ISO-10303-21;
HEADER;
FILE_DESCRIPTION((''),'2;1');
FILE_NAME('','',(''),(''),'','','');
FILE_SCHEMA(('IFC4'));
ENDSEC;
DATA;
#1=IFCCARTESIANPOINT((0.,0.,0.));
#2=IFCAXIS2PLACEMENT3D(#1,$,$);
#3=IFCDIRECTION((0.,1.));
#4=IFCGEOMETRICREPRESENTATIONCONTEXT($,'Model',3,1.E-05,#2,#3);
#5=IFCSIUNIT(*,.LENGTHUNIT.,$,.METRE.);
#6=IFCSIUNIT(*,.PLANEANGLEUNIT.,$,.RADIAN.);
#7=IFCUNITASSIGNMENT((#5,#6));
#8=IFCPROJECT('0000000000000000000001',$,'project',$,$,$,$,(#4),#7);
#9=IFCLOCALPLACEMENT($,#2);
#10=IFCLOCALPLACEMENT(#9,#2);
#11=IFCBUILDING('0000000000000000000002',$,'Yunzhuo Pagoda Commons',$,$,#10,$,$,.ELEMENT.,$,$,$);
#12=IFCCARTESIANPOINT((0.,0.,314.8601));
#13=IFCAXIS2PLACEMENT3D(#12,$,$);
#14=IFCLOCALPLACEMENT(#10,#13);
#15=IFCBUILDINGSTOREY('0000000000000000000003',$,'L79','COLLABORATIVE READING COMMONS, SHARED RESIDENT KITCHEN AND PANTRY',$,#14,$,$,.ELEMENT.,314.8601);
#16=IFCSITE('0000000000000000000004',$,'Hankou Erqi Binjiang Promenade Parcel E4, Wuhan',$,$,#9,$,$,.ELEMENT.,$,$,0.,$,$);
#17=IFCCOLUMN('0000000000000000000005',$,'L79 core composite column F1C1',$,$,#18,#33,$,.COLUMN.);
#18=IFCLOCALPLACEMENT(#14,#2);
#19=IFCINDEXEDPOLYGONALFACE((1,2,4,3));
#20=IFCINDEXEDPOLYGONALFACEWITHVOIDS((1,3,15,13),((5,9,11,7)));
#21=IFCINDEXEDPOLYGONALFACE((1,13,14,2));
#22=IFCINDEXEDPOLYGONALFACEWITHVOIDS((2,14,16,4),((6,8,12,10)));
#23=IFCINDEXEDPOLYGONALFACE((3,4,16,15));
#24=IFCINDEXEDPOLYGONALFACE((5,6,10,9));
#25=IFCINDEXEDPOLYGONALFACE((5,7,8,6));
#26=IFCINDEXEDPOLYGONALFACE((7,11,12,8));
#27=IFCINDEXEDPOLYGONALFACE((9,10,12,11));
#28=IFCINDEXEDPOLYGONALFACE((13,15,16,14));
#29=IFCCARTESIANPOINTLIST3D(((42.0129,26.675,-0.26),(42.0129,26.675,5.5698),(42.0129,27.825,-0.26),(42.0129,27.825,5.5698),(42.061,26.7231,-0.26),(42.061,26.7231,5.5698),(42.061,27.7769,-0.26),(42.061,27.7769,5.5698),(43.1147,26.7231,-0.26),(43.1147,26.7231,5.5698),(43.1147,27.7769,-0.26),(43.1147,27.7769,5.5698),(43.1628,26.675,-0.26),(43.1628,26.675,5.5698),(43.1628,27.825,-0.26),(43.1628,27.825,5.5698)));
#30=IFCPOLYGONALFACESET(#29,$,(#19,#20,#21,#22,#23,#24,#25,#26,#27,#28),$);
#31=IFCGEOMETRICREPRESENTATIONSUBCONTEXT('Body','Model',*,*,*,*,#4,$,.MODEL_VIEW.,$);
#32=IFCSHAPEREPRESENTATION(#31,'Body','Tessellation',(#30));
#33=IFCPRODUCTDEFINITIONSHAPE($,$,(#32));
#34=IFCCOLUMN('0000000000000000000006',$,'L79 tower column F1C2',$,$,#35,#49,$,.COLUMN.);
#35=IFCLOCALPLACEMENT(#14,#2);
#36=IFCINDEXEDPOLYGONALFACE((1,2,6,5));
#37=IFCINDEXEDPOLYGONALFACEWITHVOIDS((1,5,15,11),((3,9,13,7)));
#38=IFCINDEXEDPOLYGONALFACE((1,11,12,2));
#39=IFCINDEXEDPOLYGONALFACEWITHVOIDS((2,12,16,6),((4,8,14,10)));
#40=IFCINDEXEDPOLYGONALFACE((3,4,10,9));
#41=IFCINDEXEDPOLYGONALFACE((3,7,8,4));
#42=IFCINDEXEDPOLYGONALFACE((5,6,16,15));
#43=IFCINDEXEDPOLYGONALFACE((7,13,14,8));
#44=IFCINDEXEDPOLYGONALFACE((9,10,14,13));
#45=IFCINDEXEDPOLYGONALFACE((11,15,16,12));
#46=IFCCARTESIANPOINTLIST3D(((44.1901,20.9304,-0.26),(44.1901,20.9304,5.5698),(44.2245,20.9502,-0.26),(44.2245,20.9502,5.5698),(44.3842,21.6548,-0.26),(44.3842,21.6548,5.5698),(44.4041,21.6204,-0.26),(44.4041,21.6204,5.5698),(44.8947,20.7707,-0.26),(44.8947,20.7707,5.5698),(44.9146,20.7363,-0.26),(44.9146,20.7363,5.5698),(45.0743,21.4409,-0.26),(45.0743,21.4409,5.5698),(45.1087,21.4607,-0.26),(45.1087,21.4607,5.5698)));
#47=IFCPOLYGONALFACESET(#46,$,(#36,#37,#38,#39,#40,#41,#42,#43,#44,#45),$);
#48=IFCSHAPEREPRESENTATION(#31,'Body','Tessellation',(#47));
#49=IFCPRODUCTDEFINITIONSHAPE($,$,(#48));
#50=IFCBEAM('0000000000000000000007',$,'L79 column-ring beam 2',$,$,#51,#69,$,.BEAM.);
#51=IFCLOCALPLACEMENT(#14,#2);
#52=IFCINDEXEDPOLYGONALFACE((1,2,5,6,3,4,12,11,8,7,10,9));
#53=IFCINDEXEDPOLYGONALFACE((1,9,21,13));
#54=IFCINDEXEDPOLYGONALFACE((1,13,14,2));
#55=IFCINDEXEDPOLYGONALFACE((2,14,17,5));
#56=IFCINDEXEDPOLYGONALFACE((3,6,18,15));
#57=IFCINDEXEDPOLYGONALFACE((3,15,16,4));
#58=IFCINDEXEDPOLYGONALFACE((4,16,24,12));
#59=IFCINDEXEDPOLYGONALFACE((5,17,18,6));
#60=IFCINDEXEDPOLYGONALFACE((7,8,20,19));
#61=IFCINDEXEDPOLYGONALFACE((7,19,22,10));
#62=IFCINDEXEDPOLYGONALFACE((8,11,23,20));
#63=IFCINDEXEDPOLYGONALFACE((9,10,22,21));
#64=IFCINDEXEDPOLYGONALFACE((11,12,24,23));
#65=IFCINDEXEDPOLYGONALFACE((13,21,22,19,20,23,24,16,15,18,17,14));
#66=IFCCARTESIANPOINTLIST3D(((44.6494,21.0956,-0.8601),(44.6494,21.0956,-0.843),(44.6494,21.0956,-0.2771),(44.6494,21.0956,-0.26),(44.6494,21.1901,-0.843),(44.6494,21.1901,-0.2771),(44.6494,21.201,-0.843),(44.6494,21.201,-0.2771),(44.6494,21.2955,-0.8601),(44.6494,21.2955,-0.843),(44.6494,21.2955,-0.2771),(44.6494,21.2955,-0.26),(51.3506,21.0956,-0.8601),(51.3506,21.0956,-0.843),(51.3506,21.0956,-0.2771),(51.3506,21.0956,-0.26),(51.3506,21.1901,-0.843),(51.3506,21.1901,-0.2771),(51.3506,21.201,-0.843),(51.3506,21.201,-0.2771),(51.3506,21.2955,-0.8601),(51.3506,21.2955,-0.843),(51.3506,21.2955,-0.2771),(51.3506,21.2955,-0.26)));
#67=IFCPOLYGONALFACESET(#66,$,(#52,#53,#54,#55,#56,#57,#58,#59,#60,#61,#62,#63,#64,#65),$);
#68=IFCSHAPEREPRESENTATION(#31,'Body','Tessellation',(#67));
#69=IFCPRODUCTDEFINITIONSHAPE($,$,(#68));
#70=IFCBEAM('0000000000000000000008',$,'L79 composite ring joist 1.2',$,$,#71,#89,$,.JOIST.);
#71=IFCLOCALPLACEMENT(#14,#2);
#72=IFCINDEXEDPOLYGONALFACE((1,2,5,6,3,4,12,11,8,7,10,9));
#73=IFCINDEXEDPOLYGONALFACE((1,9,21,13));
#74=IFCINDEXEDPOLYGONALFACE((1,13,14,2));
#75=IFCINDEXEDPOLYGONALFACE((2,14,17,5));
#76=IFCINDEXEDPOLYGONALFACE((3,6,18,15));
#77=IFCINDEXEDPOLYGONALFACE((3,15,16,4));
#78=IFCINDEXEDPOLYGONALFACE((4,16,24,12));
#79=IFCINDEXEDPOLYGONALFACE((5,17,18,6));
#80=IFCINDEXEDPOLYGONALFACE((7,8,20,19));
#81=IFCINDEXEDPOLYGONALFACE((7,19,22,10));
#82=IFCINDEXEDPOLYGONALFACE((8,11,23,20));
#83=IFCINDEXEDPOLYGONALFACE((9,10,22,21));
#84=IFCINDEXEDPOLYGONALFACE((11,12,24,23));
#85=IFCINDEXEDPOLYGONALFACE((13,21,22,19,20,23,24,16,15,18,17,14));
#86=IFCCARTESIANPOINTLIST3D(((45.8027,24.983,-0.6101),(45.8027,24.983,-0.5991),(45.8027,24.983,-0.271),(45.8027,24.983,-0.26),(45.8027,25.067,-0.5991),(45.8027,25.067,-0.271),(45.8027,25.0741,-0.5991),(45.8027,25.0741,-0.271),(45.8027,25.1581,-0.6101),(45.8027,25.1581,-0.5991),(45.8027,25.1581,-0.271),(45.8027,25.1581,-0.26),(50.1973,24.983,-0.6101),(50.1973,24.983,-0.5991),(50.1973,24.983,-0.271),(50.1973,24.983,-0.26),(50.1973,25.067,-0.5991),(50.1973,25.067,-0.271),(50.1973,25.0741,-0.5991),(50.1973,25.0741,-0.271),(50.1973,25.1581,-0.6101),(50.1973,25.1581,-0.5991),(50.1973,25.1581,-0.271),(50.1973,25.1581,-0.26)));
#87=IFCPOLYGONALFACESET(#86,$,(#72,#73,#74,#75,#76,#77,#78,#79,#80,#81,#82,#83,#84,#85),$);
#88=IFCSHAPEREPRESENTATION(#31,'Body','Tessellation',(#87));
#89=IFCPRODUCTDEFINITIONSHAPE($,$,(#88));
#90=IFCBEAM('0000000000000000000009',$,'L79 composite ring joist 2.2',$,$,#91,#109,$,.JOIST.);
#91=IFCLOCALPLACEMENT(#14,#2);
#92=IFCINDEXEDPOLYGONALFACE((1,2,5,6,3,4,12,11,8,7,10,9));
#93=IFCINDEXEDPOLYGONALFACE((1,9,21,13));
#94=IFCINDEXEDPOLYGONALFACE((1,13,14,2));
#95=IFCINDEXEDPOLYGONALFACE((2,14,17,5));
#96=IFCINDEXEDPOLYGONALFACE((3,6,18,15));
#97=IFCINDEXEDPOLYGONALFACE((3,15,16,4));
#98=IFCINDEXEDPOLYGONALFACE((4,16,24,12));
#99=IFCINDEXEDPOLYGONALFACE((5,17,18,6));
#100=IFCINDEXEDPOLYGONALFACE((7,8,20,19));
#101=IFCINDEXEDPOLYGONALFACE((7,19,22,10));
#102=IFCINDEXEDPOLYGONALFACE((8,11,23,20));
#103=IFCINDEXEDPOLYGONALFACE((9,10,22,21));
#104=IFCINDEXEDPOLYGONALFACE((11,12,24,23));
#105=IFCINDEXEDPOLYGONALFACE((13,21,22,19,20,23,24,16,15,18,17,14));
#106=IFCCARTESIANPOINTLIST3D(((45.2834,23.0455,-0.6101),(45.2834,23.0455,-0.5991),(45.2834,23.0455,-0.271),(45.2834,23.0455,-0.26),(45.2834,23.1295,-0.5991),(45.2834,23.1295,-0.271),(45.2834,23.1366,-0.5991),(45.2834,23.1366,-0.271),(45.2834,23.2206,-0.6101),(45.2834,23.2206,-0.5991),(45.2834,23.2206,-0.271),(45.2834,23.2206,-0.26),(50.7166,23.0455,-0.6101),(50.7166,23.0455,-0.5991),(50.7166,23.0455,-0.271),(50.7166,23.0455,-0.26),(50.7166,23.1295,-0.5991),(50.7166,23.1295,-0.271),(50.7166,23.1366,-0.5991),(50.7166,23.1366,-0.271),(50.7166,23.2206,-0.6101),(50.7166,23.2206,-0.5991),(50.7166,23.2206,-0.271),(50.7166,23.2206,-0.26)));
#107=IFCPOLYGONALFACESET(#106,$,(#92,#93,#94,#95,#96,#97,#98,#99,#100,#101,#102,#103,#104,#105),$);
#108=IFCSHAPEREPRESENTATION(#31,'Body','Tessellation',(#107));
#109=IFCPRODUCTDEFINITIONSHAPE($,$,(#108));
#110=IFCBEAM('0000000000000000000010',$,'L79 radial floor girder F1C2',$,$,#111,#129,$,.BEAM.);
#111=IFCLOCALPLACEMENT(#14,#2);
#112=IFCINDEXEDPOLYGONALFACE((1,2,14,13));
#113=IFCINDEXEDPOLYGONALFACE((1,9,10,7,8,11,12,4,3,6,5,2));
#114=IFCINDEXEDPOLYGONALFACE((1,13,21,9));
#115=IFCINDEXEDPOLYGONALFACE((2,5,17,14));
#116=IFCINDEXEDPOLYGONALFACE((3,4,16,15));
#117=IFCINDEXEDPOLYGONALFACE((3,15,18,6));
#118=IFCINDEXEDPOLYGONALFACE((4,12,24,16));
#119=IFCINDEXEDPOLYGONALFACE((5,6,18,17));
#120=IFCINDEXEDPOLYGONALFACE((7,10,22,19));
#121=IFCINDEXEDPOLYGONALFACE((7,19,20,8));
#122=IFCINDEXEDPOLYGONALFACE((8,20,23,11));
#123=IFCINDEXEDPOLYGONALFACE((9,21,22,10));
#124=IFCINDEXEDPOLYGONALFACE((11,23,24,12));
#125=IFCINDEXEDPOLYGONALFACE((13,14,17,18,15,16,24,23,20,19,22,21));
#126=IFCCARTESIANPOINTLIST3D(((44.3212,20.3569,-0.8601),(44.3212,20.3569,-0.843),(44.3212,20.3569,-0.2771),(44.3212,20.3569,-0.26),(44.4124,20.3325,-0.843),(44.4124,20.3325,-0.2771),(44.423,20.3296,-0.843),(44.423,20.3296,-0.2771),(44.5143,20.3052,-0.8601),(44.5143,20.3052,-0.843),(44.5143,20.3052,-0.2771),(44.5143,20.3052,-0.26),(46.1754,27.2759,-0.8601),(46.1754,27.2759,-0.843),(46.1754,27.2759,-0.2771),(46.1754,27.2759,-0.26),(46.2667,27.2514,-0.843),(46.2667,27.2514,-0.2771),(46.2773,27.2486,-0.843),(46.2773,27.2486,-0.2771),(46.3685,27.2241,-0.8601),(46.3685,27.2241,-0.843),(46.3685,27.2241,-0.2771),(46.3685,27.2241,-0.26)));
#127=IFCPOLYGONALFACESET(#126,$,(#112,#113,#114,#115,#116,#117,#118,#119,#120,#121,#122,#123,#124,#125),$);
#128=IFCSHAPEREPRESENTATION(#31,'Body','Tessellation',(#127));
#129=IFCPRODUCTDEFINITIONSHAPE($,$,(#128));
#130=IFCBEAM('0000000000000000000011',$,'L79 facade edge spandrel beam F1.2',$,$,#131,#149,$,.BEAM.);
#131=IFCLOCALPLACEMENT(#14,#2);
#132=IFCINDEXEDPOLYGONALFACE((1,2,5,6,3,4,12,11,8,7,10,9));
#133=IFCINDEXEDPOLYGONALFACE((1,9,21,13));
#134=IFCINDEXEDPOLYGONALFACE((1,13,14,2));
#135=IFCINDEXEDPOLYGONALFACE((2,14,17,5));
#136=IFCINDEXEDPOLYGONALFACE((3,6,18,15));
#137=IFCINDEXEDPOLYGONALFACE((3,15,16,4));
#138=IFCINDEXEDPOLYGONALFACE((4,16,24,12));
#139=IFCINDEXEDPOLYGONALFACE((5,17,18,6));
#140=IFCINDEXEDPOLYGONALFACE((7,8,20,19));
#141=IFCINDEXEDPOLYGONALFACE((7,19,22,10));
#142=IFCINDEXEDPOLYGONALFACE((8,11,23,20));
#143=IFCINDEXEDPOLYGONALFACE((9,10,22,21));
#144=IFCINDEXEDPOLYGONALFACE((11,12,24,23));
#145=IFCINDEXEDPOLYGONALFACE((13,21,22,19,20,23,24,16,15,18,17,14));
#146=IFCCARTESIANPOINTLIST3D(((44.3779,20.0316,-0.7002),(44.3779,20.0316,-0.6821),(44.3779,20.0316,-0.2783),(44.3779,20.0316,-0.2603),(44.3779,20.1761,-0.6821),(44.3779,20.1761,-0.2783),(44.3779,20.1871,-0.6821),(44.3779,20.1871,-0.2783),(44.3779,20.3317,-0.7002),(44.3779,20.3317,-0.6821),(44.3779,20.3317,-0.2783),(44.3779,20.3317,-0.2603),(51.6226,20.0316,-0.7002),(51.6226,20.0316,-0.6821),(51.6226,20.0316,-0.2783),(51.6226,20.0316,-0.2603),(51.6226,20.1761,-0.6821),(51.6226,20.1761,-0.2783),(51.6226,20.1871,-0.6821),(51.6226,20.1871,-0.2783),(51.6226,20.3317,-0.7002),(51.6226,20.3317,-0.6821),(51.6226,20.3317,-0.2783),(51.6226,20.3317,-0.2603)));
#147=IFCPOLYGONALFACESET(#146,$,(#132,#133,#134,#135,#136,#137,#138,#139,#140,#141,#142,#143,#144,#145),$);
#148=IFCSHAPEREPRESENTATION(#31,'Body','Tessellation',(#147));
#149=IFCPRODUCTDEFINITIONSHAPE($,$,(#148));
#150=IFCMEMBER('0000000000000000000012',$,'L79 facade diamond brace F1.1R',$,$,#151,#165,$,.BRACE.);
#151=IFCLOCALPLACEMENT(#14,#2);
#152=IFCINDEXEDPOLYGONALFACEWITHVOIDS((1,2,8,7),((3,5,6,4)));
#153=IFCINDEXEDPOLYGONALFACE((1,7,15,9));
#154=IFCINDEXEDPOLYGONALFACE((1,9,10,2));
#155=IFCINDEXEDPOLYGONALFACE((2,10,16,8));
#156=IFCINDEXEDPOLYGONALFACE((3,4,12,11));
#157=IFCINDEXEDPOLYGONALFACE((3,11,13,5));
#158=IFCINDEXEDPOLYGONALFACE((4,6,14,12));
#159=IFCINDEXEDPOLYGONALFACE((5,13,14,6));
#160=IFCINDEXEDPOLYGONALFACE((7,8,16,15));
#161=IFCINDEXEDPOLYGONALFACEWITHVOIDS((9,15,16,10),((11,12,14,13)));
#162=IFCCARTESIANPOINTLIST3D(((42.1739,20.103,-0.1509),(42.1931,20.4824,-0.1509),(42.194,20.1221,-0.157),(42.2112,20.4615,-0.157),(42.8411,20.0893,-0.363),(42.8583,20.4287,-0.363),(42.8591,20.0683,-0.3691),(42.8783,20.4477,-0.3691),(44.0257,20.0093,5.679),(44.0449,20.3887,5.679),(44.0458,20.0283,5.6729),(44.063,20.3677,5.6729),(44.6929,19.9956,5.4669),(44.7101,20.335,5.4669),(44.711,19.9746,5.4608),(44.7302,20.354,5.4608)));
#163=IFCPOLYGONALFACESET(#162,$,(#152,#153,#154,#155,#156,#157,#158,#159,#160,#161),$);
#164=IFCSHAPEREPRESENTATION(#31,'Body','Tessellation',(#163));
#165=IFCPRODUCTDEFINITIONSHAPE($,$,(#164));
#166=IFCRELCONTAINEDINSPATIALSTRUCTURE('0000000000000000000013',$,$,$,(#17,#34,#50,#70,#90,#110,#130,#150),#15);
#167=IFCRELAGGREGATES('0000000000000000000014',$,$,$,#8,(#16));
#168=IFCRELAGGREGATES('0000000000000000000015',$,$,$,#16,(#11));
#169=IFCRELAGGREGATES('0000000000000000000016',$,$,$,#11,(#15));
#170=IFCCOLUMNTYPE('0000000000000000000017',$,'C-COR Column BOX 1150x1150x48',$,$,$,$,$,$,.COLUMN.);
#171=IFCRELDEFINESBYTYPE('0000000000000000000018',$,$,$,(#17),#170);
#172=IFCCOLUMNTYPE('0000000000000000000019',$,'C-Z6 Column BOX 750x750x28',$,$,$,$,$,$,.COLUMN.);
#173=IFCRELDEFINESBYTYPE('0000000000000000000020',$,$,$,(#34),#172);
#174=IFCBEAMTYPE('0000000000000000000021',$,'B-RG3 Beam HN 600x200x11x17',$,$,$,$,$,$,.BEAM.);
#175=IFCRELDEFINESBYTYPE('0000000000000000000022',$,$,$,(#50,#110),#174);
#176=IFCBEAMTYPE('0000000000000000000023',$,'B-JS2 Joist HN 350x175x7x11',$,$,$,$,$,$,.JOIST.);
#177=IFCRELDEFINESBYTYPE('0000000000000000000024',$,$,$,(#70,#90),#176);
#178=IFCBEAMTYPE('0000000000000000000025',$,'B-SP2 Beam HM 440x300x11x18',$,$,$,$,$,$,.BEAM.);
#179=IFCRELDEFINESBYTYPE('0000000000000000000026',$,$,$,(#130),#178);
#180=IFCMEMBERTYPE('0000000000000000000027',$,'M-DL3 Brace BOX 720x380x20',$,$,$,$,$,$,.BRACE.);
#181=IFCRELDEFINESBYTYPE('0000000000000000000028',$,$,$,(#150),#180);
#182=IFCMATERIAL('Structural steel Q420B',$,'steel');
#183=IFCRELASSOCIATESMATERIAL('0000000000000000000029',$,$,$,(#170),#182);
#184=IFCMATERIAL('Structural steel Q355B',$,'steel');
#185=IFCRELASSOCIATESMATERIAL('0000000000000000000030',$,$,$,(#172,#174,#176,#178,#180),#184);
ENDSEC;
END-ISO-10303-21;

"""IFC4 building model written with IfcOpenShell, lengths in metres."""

from ifc_helpers import new_model, si_unit, direction, frame, origin, origin_2d, place, context, subcontext, project, spatial, hollow_rectangle, i_section, extrude, source, transform, mapped, material, material_profile, profile_set, type_object, element, save


model = new_model("IFC4")

# Units and contexts
model_context = context("Model", 3, precision=1e-05, world=origin(), true_north=direction((0.0, 1.0)))
body_context = subcontext(model_context, "Body", "Model", "MODEL_VIEW")
ifc_project = project(units=[si_unit("LENGTHUNIT", "METRE"), si_unit("PLANEANGLEUNIT", "RADIAN")], contexts=[model_context])

# Site, building, storey
site_placement = place(None, origin())
site = spatial("IfcSite", under=ifc_project, at=site_placement, Name="Hankou Erqi Binjiang Promenade Parcel E4, Wuhan", CompositionType="ELEMENT", RefElevation=0.0)
building_placement = place(site_placement, origin())
building = spatial("IfcBuilding", under=site, at=building_placement, Name="Yunzhuo Pagoda Commons", CompositionType="ELEMENT")
storey_placement = place(building_placement, frame((0.0, 0.0, 314.8601)))
storey = spatial("IfcBuildingStorey", under=building, at=storey_placement, Name="L79", Description="COLLABORATIVE READING COMMONS, SHARED RESIDENT KITCHEN AND PANTRY", CompositionType="ELEMENT", Elevation=314.8601)

# Columns
ifc_material_1 = material(Name="Structural steel Q420B", Category="steel")
ifc_material_profile_1 = material_profile(ifc_material_1, hollow_rectangle(XDim=1.1499, YDim=1.1499, WallThickness=0.0481, at=origin_2d()), Name="Structural steel Q420B")
ifc_profile_set_1 = profile_set([ifc_material_profile_1], Name="Structural steel Q420B")
column_type_1 = type_object("IfcColumnType", Name="C-COR Column BOX 1150x1150x48", PredefinedType="COLUMN", material=ifc_profile_set_1)
shared_shape_1 = source(origin(), body_context, "Body", "SweptSolid", [
    extrude(hollow_rectangle(XDim=1.1499, YDim=1.1499, WallThickness=0.0481, at=origin_2d()), origin(), (0.0, 0.0, 1.0), 5.8298),
])
column_1_placement = place(storey_placement, frame((42.5879, 27.25, -0.26), z_axis=(0.0, 0.0, 1.0), x_axis=(1.0, 0.0, 0.0)))
element("IfcColumn", 1, at=column_1_placement, inside=storey, type_object=column_type_1, Name="L79 core composite column F1C1", PredefinedType="COLUMN", context=body_context, shape_type="MappedRepresentation", body=[
    mapped(shared_shape_1, transform((0.0, 0.0, 0.0), scale=1.0)),
])
ifc_material_2 = material(Name="Structural steel Q355B", Category="steel")
ifc_material_profile_2 = material_profile(ifc_material_2, hollow_rectangle(XDim=0.75, YDim=0.75, WallThickness=0.0281, at=origin_2d()), Name="Structural steel Q355B")
ifc_profile_set_2 = profile_set([ifc_material_profile_2], Name="Structural steel Q355B")
column_type_2 = type_object("IfcColumnType", Name="C-Z6 Column BOX 750x750x28", PredefinedType="COLUMN", material=ifc_profile_set_2)
shared_shape_2 = source(origin(), body_context, "Body", "SweptSolid", [
    extrude(hollow_rectangle(XDim=0.75, YDim=0.75, WallThickness=0.0281, at=origin_2d()), origin(), (0.0, 0.0, 1.0), 5.8298),
])
column_2_placement = place(storey_placement, frame((44.6494, 21.1956, -0.26), z_axis=(0.0, 0.0, 1.0), x_axis=(0.965926, -0.258819, 0.0)))
element("IfcColumn", 2, at=column_2_placement, inside=storey, type_object=column_type_2, Name="L79 tower column F1C2", PredefinedType="COLUMN", context=body_context, shape_type="MappedRepresentation", body=[
    mapped(shared_shape_2, transform((0.0, 0.0, 0.0), scale=1.0)),
])

# Beams
ifc_material_profile_3 = material_profile(ifc_material_2, i_section(OverallWidth=0.2, OverallDepth=0.6001, WebThickness=0.011, FlangeThickness=0.0171, at=origin_2d()), Name="Structural steel Q355B")
ifc_profile_set_3 = profile_set([ifc_material_profile_3], Name="Structural steel Q355B")
beam_type_1 = type_object("IfcBeamType", Name="B-RG3 Beam HN 600x200x11x17", PredefinedType="BEAM", material=ifc_profile_set_3)
shared_shape_3 = source(origin(), body_context, "Body", "SweptSolid", [
    extrude(i_section(OverallWidth=0.2, OverallDepth=0.6001, WebThickness=0.011, FlangeThickness=0.0171, at=origin_2d()), origin(), (0.0, 0.0, 1.0), 6.7012),
])
beam_1_placement = place(storey_placement, frame((44.6494, 21.1956, -0.5601), z_axis=(1.0, 0.0, 0.0), x_axis=(0.0, 1.0, 0.0)))
element("IfcBeam", 3, at=beam_1_placement, inside=storey, type_object=beam_type_1, Name="L79 column-ring beam 2", PredefinedType="BEAM", context=body_context, shape_type="MappedRepresentation", body=[
    mapped(shared_shape_3, transform((0.0, 0.0, 0.0), scale=1.0)),
])
ifc_material_profile_4 = material_profile(ifc_material_2, i_section(OverallWidth=0.175, OverallDepth=0.3501, WebThickness=0.0071, FlangeThickness=0.011, at=origin_2d()), Name="Structural steel Q355B")
ifc_profile_set_4 = profile_set([ifc_material_profile_4], Name="Structural steel Q355B")
beam_type_2 = type_object("IfcBeamType", Name="B-JS2 Joist HN 350x175x7x11", PredefinedType="JOIST", material=ifc_profile_set_4)
shared_shape_4 = source(origin(), body_context, "Body", "SweptSolid", [
    extrude(i_section(OverallWidth=0.175, OverallDepth=0.3501, WebThickness=0.0071, FlangeThickness=0.011, at=origin_2d()), origin(), (0.0, 0.0, 1.0), 4.3945),
])
beam_2_placement = place(storey_placement, frame((45.8027, 25.0706, -0.4351), z_axis=(1.0, 0.0, 0.0), x_axis=(0.0, 1.0, 0.0)))
element("IfcBeam", 4, at=beam_2_placement, inside=storey, type_object=beam_type_2, Name="L79 composite ring joist 1.2", PredefinedType="JOIST", context=body_context, shape_type="MappedRepresentation", body=[
    mapped(shared_shape_4, transform((0.0, 0.0, 0.0), scale=1.0)),
])
shared_shape_5 = source(origin(), body_context, "Body", "SweptSolid", [
    extrude(i_section(OverallWidth=0.175, OverallDepth=0.3501, WebThickness=0.0071, FlangeThickness=0.011, at=origin_2d()), origin(), (0.0, 0.0, 1.0), 5.4331),
])
beam_3_placement = place(storey_placement, frame((45.2834, 23.1331, -0.4351), z_axis=(1.0, 0.0, 0.0), x_axis=(0.0, 1.0, 0.0)))
element("IfcBeam", 5, at=beam_3_placement, inside=storey, type_object=beam_type_2, Name="L79 composite ring joist 2.2", PredefinedType="JOIST", context=body_context, shape_type="MappedRepresentation", body=[
    mapped(shared_shape_5, transform((0.0, 0.0, 0.0), scale=1.0)),
])
shared_shape_6 = source(origin(), body_context, "Body", "SweptSolid", [
    extrude(i_section(OverallWidth=0.2, OverallDepth=0.6001, WebThickness=0.011, FlangeThickness=0.0171, at=origin_2d()), origin(), (0.0, 0.0, 1.0), 7.1631),
])
beam_4_placement = place(storey_placement, frame((44.4177, 20.3311, -0.5601), z_axis=(0.258861, 0.965915, 0.0), x_axis=(-0.965915, 0.258861, 0.0)))
element("IfcBeam", 6, at=beam_4_placement, inside=storey, type_object=beam_type_1, Name="L79 radial floor girder F1C2", PredefinedType="BEAM", context=body_context, shape_type="MappedRepresentation", body=[
    mapped(shared_shape_6, transform((0.0, 0.0, 0.0), scale=1.0)),
])
ifc_material_profile_5 = material_profile(ifc_material_2, i_section(OverallWidth=0.3, OverallDepth=0.4399, WebThickness=0.011, FlangeThickness=0.0181, at=origin_2d()), Name="Structural steel Q355B")
ifc_profile_set_5 = profile_set([ifc_material_profile_5], Name="Structural steel Q355B")
beam_type_3 = type_object("IfcBeamType", Name="B-SP2 Beam HM 440x300x11x18", PredefinedType="BEAM", material=ifc_profile_set_5)
shared_shape_7 = source(origin(), body_context, "Body", "SweptSolid", [
    extrude(i_section(OverallWidth=0.3, OverallDepth=0.4399, WebThickness=0.011, FlangeThickness=0.0181, at=origin_2d()), origin(), (0.0, 0.0, 1.0), 7.2446),
])
beam_5_placement = place(storey_placement, frame((44.3779, 20.1816, -0.4802), z_axis=(1.0, 0.0, 0.0), x_axis=(0.0, 1.0, 0.0)))
element("IfcBeam", 7, at=beam_5_placement, inside=storey, type_object=beam_type_3, Name="L79 facade edge spandrel beam F1.2", PredefinedType="BEAM", context=body_context, shape_type="MappedRepresentation", body=[
    mapped(shared_shape_7, transform((0.0, 0.0, 0.0), scale=1.0)),
])

# Member
ifc_material_profile_6 = material_profile(ifc_material_2, hollow_rectangle(XDim=0.3799, YDim=0.72, WallThickness=0.02, at=origin_2d()), Name="Structural steel Q355B")
ifc_profile_set_6 = profile_set([ifc_material_profile_6], Name="Structural steel Q355B")
member_type_1 = type_object("IfcMemberType", Name="M-DL3 Brace BOX 720x380x20", PredefinedType="BRACE", material=ifc_profile_set_6)
shared_shape_8 = source(origin(), body_context, "Body", "SweptSolid", [
    extrude(hollow_rectangle(XDim=0.3799, YDim=0.72, WallThickness=0.02, at=origin_2d()), origin(), (0.0, 0.0, 1.0), 6.1177),
])
member_1_placement = place(storey_placement, frame((42.5261, 20.2754, -0.26), z_axis=(0.302702, -0.015325, 0.952962), x_axis=(0.050561, 0.998721, 0.0)))
element("IfcMember", 8, at=member_1_placement, inside=storey, type_object=member_type_1, Name="L79 facade diamond brace F1.1R", PredefinedType="BRACE", context=body_context, shape_type="MappedRepresentation", body=[
    mapped(shared_shape_8, transform((0.0, 0.0, 0.0), scale=1.0)),
])

save(model, "model.ifc")
